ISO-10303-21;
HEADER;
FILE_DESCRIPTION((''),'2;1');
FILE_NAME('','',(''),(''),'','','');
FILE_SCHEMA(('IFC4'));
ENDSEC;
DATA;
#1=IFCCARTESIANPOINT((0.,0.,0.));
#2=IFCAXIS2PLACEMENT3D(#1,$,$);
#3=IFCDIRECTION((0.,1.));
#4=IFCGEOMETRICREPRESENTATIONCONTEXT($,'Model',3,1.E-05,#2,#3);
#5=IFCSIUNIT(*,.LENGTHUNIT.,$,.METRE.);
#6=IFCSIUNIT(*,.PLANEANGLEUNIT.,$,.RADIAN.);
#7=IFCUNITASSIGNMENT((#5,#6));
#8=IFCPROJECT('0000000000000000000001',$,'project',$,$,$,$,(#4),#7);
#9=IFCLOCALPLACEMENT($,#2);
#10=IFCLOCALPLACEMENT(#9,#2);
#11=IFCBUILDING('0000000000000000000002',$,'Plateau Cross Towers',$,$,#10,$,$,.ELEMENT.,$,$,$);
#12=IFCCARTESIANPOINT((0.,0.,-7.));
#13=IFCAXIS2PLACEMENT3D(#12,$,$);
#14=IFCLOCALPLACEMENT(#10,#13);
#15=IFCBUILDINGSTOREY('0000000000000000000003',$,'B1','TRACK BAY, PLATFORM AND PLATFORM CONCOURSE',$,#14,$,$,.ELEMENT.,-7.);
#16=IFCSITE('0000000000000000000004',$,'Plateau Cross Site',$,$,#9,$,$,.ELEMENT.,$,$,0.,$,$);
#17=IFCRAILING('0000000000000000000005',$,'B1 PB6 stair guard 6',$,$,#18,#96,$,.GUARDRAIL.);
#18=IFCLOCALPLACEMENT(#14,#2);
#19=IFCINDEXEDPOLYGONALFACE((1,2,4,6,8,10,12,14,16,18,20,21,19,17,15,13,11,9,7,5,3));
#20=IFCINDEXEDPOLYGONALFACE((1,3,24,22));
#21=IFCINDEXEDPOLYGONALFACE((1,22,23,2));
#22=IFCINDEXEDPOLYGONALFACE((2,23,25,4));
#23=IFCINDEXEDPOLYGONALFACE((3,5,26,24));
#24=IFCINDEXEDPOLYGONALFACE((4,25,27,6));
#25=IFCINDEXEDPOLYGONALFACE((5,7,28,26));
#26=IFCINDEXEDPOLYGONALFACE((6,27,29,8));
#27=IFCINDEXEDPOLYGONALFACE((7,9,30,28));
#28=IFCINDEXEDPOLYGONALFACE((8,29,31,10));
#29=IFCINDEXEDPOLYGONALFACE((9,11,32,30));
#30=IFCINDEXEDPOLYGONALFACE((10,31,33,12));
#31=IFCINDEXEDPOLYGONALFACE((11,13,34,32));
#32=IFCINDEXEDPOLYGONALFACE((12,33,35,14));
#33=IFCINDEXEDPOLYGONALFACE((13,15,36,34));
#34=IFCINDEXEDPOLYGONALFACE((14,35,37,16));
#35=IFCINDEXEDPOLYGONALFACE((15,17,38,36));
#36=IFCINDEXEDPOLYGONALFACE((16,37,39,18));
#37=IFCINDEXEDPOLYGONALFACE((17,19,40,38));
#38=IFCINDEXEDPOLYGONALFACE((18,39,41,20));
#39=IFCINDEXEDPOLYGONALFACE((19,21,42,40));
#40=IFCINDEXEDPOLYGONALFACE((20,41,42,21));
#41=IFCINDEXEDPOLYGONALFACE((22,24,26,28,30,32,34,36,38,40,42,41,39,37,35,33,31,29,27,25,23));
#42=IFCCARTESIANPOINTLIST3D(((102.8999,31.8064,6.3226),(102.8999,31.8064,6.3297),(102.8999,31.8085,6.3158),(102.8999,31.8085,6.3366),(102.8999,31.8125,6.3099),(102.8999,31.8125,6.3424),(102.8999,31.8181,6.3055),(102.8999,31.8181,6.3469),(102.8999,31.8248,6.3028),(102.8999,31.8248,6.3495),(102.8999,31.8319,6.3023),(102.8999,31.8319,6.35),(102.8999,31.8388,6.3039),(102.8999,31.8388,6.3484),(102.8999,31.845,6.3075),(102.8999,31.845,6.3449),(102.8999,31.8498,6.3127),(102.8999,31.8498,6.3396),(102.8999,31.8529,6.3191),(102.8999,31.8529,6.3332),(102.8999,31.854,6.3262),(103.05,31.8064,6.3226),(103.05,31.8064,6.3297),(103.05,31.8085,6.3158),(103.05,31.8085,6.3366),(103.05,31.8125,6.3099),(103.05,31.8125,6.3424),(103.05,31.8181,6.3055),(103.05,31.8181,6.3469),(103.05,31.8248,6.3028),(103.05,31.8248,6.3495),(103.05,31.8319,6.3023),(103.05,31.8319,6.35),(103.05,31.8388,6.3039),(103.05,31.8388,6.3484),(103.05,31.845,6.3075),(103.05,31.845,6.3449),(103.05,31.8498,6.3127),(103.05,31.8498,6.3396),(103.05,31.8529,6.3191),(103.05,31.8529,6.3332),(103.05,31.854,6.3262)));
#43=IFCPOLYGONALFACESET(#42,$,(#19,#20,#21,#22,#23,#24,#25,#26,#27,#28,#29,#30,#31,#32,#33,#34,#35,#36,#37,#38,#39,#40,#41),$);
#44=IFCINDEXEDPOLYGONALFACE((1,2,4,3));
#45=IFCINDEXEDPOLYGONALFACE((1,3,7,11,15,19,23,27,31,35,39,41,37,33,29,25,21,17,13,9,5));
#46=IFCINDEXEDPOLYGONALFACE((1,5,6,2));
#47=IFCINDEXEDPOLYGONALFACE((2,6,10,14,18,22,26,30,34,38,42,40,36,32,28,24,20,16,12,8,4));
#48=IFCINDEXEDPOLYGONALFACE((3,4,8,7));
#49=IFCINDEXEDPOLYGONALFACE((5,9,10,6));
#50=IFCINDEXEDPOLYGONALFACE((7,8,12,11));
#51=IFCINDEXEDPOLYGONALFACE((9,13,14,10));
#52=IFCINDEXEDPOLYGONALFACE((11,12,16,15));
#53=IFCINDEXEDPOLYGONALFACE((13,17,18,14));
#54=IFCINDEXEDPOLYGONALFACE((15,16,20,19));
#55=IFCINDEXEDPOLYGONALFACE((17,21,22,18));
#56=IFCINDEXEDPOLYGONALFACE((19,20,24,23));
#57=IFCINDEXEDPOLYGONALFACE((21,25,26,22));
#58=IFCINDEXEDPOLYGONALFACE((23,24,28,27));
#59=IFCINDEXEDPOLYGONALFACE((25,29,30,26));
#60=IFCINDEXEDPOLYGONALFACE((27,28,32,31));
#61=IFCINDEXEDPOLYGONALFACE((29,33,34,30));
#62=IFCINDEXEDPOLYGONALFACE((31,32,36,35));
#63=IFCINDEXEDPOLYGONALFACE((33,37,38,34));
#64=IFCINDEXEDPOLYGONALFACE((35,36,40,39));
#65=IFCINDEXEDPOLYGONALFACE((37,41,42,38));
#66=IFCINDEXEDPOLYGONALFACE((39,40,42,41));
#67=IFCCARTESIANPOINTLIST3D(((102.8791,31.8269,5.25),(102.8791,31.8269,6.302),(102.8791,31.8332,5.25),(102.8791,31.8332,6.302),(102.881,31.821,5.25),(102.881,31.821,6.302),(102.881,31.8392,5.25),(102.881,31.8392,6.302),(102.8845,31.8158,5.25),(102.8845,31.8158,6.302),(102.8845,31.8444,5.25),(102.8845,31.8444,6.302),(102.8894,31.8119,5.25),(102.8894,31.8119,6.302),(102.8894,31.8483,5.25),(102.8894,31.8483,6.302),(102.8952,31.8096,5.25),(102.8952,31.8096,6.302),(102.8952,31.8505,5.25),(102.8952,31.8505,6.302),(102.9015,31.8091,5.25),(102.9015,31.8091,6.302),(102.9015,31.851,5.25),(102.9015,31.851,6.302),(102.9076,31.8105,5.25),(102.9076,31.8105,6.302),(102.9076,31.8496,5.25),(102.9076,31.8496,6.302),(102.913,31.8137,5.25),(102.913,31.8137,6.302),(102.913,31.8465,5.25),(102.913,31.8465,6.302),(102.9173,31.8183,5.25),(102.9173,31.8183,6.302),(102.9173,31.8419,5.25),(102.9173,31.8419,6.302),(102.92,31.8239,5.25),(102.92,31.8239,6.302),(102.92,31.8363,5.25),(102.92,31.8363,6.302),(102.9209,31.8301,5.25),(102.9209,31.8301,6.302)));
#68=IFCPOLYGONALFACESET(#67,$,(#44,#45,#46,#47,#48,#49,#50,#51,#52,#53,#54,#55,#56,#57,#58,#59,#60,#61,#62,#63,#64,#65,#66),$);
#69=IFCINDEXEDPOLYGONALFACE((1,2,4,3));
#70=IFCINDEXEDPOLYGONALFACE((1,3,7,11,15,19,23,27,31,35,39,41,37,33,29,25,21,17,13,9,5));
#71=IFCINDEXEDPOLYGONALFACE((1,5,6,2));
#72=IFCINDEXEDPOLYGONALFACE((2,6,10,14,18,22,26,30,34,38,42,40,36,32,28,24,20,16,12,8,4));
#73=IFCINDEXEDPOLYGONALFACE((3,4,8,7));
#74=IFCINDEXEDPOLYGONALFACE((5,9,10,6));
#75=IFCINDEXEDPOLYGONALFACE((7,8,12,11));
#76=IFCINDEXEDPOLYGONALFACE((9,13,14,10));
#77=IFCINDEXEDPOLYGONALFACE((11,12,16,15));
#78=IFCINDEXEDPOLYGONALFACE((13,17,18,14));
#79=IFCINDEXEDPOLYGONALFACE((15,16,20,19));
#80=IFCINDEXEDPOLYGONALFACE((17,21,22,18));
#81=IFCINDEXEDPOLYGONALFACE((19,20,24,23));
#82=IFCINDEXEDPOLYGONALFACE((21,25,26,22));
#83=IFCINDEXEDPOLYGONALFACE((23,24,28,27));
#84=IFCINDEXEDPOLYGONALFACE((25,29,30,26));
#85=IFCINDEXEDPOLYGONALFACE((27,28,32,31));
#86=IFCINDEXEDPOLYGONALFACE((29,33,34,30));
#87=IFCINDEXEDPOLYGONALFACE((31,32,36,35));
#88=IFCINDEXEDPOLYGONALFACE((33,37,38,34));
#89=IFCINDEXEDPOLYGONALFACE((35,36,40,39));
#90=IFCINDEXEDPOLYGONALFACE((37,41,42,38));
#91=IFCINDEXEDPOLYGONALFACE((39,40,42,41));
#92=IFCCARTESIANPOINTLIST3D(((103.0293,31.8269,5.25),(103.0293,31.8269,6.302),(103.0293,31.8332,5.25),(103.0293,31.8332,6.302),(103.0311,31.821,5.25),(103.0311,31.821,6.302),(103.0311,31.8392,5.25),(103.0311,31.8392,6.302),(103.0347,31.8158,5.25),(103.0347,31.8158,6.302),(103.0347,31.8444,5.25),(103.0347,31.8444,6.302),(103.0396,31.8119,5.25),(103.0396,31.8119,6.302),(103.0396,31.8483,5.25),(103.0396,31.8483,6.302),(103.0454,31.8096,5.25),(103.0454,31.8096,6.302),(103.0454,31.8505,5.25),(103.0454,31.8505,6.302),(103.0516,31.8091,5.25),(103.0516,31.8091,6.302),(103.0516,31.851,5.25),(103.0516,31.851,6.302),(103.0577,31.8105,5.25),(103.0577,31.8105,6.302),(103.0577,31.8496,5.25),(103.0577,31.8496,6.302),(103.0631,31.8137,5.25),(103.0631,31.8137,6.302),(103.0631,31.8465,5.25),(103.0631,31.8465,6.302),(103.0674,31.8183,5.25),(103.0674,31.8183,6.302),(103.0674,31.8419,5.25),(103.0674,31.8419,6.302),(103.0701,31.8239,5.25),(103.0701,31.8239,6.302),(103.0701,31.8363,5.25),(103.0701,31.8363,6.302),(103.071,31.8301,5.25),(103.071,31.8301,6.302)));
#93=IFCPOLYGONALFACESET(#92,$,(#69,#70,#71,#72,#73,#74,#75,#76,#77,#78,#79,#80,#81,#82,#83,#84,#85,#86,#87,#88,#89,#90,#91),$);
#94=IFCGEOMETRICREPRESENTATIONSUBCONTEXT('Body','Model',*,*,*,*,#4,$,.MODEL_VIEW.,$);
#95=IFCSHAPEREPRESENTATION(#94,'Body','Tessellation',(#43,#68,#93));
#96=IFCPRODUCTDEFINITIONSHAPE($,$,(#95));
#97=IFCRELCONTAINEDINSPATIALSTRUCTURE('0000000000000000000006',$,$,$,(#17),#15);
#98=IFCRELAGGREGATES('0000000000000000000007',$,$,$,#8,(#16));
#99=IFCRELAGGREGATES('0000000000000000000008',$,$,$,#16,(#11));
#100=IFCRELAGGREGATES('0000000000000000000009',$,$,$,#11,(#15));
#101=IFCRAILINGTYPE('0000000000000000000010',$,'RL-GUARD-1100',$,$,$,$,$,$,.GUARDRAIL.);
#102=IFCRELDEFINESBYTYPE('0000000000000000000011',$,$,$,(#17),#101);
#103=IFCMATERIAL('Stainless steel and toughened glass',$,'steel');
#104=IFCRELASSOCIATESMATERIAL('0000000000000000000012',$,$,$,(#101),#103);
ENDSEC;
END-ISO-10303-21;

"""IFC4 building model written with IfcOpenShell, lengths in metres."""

from ifc_helpers import new_model, si_unit, direction, frame, origin, origin_2d, place, context, subcontext, project, spatial, circle, extrude, material, type_object, element, save


model = new_model("IFC4")

# Units and contexts
model_context = context("Model", 3, precision=1e-05, world=origin(), true_north=direction((0.0, 1.0)))
body_context = subcontext(model_context, "Body", "Model", "MODEL_VIEW")
ifc_project = project(units=[si_unit("LENGTHUNIT", "METRE"), si_unit("PLANEANGLEUNIT", "RADIAN")], contexts=[model_context])

# Site, building, storey
site_placement = place(None, origin())
site = spatial("IfcSite", under=ifc_project, at=site_placement, Name="Plateau Cross Site", CompositionType="ELEMENT", RefElevation=0.0)
building_placement = place(site_placement, origin())
building = spatial("IfcBuilding", under=site, at=building_placement, Name="Plateau Cross Towers", CompositionType="ELEMENT")
storey_placement = place(building_placement, frame((0.0, 0.0, -7.0)))
storey = spatial("IfcBuildingStorey", under=building, at=storey_placement, Name="B1", Description="TRACK BAY, PLATFORM AND PLATFORM CONCOURSE", CompositionType="ELEMENT", Elevation=-7.0)

# Railing
ifc_material_1 = material(Name="Stainless steel and toughened glass", Category="steel")
railing_type_1 = type_object("IfcRailingType", Name="RL-GUARD-1100", PredefinedType="GUARDRAIL", material=ifc_material_1)
railing_1_placement = place(storey_placement, frame((102.8999, 31.8301, 5.25)))
element("IfcRailing", 1, at=railing_1_placement, inside=storey, type_object=railing_type_1, Name="B1 PB6 stair guard 6", PredefinedType="GUARDRAIL", context=body_context, shape_type="SweptSolid", body=[
    extrude(circle(Radius=0.0239, at=origin_2d()), frame((0.0, 0.0, 1.0762), z_axis=(1.0, 0.0, 0.0), x_axis=(0.0, 1.0, 0.0)), (0.0, 0.0, 1.0), 0.1501),
    extrude(circle(Radius=0.021, at=origin_2d()), origin(), (0.0, 0.0, 1.0), 1.052),
    extrude(circle(Radius=0.021, at=origin_2d()), frame((0.1501, 0.0, 0.0)), (0.0, 0.0, 1.0), 1.052),
])

save(model, "model.ifc")
